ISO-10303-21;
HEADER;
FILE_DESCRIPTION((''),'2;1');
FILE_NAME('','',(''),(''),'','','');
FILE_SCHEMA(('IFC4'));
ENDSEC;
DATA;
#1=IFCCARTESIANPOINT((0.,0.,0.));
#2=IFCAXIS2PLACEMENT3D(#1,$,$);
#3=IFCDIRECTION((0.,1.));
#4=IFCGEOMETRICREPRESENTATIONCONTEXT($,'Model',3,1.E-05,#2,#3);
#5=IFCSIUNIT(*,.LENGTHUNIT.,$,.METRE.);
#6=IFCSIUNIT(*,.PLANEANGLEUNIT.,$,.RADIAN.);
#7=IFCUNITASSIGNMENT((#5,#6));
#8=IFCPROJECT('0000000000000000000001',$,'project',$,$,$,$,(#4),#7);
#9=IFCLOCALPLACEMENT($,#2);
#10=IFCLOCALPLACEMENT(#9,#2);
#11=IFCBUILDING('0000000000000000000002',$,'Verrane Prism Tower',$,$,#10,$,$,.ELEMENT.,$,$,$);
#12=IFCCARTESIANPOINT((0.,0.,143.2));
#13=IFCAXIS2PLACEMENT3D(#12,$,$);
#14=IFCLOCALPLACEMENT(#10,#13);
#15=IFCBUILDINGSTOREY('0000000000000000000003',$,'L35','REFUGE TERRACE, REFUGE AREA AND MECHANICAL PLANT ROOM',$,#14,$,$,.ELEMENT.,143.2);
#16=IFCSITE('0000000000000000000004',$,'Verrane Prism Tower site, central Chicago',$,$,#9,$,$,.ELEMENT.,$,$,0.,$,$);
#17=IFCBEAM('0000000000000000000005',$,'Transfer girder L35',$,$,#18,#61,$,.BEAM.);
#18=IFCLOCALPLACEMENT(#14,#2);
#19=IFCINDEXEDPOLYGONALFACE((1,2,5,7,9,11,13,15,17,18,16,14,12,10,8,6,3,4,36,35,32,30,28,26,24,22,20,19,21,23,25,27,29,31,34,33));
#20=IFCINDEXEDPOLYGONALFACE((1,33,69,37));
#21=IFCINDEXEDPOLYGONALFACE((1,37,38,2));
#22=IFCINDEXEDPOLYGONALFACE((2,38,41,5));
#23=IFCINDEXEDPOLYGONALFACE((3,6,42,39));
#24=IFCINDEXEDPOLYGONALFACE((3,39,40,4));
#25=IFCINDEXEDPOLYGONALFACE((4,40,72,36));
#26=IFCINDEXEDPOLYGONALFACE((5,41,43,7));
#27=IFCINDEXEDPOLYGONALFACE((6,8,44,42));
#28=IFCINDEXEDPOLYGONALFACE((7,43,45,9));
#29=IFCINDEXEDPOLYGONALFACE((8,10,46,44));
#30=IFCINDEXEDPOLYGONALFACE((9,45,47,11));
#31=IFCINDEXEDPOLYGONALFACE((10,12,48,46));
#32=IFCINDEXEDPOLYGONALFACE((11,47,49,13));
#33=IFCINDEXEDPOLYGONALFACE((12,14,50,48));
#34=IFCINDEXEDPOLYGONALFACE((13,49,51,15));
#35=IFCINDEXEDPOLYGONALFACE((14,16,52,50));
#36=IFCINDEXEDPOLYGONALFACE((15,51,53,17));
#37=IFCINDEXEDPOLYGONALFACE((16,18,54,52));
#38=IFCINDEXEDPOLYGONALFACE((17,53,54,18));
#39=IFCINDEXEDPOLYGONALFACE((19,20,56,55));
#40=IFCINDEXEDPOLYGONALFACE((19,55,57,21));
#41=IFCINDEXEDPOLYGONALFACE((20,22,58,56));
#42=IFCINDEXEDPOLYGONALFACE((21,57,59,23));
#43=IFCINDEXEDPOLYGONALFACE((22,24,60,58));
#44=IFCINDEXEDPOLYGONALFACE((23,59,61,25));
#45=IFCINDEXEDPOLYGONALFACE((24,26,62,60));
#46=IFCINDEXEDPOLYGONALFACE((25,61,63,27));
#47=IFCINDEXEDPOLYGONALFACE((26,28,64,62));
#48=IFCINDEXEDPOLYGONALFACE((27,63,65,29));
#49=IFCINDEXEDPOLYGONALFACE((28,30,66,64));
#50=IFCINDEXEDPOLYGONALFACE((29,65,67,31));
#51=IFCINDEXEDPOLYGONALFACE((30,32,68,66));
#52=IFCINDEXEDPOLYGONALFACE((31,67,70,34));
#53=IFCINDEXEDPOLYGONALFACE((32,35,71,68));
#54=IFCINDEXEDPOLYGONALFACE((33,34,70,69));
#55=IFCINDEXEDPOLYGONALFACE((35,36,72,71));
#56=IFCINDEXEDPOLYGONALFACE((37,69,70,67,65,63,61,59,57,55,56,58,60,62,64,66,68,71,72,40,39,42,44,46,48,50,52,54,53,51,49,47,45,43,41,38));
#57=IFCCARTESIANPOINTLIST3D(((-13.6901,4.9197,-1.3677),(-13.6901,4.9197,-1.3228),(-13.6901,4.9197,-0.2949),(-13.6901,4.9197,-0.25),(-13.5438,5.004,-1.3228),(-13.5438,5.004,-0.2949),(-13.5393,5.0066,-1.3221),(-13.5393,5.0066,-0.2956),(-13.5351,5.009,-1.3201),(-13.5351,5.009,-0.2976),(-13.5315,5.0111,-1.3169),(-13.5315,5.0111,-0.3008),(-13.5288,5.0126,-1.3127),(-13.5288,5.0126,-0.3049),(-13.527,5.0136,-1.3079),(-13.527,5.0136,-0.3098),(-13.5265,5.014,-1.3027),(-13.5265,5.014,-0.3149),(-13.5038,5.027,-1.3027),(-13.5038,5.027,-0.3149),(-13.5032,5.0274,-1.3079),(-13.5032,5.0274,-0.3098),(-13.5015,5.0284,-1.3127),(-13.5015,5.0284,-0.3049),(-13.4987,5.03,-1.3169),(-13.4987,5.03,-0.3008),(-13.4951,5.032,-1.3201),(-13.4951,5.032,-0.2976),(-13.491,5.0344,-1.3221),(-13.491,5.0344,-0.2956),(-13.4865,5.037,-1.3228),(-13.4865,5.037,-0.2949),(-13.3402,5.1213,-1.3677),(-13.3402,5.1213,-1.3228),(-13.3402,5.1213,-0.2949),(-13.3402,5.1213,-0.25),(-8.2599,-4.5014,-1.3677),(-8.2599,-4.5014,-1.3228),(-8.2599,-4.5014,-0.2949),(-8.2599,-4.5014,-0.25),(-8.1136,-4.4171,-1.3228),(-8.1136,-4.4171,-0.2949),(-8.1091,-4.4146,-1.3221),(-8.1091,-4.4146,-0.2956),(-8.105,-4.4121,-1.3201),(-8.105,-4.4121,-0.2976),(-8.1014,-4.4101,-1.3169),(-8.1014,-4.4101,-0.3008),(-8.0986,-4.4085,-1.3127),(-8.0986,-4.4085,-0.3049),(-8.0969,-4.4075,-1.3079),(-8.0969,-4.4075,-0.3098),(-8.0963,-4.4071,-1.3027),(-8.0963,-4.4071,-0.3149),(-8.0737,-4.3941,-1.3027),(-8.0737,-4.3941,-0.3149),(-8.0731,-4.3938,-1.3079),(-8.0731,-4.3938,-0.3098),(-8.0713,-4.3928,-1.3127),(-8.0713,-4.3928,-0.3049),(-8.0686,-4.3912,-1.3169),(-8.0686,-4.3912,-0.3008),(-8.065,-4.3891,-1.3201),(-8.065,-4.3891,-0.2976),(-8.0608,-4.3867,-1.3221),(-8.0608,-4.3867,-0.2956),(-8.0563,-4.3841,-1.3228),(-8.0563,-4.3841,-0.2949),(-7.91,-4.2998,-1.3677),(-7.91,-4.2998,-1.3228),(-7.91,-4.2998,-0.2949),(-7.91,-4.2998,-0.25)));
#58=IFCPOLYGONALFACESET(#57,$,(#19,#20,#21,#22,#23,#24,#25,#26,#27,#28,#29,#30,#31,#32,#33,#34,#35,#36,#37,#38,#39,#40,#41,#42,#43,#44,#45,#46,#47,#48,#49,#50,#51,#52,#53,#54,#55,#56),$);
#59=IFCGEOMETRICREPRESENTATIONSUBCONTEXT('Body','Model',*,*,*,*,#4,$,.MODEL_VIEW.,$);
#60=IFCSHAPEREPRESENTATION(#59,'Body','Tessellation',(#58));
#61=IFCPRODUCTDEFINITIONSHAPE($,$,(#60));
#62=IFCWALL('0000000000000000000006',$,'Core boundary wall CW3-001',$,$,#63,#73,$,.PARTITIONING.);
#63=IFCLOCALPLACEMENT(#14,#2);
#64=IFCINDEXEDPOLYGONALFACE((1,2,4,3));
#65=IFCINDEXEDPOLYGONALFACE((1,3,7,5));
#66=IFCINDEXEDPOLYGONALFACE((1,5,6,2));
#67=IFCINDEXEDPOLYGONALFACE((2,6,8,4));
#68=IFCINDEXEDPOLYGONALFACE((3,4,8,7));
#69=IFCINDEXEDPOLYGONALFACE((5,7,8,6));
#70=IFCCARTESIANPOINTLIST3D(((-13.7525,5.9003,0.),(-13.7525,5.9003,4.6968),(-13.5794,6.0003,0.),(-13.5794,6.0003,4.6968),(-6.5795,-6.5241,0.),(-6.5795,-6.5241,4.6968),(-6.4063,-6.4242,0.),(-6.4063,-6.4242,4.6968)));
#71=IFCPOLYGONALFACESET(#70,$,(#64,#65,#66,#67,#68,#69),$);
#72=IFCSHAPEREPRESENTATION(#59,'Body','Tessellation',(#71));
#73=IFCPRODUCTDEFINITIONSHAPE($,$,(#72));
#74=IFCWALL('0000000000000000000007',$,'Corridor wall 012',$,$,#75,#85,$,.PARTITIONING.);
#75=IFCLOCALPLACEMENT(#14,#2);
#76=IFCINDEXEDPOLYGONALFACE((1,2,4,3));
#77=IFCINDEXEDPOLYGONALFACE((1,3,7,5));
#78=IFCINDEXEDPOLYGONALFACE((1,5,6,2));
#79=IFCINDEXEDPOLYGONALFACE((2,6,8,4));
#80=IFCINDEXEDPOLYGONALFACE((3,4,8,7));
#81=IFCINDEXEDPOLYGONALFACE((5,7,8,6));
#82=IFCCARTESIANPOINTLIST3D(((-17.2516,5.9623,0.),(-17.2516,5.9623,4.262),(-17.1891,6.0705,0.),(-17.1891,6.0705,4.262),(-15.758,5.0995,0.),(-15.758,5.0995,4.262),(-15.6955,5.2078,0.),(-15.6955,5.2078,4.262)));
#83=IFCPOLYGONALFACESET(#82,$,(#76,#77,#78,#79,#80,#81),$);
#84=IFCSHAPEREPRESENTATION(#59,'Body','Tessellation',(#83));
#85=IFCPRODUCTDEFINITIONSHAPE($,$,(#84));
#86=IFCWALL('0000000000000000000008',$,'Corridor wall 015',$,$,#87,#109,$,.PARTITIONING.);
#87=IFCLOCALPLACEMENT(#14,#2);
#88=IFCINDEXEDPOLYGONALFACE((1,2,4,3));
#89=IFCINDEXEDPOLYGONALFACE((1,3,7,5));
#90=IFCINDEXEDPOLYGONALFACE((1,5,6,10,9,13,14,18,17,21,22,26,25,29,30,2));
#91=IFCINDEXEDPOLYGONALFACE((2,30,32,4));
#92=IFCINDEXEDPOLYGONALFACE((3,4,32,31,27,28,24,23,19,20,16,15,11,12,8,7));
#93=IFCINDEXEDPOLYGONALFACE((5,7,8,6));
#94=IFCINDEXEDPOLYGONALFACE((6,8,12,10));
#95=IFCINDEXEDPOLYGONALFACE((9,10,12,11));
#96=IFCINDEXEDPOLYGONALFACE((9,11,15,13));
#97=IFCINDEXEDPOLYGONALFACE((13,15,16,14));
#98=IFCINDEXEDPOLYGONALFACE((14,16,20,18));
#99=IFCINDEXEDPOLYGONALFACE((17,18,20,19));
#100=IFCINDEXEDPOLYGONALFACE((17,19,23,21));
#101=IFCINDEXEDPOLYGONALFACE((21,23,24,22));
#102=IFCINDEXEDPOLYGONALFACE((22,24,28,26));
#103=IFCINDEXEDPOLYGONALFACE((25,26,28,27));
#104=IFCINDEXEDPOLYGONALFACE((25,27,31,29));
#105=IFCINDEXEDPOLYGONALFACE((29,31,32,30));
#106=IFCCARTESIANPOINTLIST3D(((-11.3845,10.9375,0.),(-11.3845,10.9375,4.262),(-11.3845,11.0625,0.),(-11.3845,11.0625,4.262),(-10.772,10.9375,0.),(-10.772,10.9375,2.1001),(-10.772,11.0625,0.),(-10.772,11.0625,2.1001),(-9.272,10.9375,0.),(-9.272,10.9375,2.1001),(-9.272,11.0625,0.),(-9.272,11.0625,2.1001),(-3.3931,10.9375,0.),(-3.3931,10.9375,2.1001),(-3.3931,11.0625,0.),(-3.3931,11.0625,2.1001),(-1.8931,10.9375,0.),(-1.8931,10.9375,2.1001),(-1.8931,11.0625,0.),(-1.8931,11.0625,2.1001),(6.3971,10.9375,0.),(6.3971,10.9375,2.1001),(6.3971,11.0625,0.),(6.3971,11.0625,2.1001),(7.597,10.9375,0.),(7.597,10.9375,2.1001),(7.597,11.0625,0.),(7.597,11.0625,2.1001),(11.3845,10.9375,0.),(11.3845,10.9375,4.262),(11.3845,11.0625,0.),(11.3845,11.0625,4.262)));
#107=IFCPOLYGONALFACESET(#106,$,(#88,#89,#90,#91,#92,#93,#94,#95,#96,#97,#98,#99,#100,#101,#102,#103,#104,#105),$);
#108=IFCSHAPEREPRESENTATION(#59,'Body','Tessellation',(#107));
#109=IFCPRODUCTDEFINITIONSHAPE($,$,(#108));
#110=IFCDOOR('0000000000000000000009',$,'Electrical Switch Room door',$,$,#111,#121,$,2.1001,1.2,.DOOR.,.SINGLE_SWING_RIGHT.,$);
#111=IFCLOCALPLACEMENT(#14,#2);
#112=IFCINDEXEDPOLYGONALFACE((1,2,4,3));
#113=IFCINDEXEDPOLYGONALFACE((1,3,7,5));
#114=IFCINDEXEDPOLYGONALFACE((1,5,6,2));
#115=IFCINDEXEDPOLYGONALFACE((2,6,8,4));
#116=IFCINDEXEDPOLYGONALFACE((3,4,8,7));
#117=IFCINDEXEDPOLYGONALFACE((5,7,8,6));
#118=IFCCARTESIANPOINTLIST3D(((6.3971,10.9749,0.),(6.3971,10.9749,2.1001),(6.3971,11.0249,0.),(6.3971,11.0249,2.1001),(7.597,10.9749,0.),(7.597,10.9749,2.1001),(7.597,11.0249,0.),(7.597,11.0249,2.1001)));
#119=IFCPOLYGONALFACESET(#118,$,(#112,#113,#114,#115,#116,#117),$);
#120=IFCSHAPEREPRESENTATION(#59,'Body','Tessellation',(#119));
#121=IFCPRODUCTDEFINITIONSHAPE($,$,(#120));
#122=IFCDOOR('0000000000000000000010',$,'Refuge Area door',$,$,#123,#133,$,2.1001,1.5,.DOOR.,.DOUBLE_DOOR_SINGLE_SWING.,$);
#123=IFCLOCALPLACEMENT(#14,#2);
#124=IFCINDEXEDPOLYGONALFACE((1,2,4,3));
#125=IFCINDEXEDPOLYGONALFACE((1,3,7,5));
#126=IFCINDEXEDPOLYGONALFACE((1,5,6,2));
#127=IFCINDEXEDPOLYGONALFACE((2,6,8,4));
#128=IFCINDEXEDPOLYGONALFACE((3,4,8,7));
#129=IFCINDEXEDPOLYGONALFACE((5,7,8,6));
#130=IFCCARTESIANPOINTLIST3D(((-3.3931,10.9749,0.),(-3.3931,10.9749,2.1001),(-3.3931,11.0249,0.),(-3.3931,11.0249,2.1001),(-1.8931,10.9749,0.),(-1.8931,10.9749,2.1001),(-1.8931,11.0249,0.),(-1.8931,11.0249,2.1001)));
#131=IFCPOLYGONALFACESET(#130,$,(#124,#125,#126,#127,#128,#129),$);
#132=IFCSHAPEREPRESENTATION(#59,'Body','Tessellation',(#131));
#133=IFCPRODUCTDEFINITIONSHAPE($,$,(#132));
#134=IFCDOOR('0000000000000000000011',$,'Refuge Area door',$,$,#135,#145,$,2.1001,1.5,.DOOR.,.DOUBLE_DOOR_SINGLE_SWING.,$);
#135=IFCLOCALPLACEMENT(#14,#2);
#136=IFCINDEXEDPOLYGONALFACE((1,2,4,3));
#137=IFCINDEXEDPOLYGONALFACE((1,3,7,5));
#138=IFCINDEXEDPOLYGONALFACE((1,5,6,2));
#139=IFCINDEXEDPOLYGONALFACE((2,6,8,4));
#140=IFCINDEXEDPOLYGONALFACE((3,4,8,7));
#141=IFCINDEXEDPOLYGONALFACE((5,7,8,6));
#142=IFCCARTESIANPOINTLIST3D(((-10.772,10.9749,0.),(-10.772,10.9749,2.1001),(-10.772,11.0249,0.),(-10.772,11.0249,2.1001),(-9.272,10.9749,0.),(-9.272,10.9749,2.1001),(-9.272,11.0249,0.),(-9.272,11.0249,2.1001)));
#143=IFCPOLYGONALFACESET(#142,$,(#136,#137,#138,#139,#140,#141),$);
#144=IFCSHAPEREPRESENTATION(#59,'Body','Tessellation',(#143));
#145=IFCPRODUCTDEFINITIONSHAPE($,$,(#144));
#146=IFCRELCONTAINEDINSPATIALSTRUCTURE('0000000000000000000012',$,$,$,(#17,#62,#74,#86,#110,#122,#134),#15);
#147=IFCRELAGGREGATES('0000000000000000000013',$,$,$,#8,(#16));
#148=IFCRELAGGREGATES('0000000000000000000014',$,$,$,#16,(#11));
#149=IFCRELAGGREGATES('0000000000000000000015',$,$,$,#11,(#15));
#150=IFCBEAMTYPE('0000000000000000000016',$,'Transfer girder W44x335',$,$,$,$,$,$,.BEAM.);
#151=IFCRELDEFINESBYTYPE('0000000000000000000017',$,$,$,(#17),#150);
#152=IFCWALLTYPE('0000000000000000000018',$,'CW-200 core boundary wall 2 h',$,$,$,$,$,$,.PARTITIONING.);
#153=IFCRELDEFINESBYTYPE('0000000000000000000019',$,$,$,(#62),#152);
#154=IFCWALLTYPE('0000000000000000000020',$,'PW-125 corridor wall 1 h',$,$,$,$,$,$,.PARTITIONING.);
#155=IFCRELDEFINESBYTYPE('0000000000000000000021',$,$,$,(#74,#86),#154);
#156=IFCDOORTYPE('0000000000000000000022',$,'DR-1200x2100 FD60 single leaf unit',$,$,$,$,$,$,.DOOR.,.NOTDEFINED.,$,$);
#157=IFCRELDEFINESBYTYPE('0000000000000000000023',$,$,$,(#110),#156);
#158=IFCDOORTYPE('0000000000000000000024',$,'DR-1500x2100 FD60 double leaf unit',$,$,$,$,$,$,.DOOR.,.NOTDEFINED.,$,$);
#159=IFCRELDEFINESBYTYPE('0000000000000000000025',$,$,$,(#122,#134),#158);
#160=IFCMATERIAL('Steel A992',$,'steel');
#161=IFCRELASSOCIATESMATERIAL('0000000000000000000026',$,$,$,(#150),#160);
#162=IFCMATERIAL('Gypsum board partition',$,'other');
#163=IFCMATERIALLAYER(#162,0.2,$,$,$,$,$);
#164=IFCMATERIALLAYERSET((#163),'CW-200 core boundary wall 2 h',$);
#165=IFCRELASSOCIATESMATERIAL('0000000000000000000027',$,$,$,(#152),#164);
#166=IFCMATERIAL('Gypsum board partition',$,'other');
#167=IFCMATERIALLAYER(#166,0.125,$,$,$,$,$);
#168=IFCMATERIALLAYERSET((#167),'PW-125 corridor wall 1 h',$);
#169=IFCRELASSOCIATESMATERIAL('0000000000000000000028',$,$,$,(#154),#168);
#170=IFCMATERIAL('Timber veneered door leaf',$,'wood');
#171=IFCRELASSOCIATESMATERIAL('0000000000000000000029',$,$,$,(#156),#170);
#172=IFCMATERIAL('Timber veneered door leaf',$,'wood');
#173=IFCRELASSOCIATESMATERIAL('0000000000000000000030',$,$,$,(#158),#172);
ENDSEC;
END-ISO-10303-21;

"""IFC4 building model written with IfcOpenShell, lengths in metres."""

from ifc_helpers import new_model, si_unit, direction, frame, frame_2d, origin, origin_2d, place, context, subcontext, project, spatial, rectangle, i_section, extrude, material, layer, layer_set, material_profile, profile_set, type_object, element, fill, save


model = new_model("IFC4")

# Units and contexts
model_context = context("Model", 3, precision=1e-05, world=origin(), true_north=direction((0.0, 1.0)))
body_context = subcontext(model_context, "Body", "Model", "MODEL_VIEW")
ifc_project = project(units=[si_unit("LENGTHUNIT", "METRE"), si_unit("PLANEANGLEUNIT", "RADIAN")], contexts=[model_context])

# Site, building, storey
site_placement = place(None, origin())
site = spatial("IfcSite", under=ifc_project, at=site_placement, Name="Verrane Prism Tower site, central Chicago", CompositionType="ELEMENT", RefElevation=0.0)
building_placement = place(site_placement, origin())
building = spatial("IfcBuilding", under=site, at=building_placement, Name="Verrane Prism Tower", CompositionType="ELEMENT")
storey_placement = place(building_placement, frame((0.0, 0.0, 143.2)))
storey = spatial("IfcBuildingStorey", under=building, at=storey_placement, Name="L35", Description="REFUGE TERRACE, REFUGE AREA AND MECHANICAL PLANT ROOM", CompositionType="ELEMENT", Elevation=143.2)

# Beam
ifc_material_1 = material(Name="Steel A992", Category="steel")
ifc_material_profile_1 = material_profile(ifc_material_1, i_section(OverallWidth=0.4038, OverallDepth=1.1177, WebThickness=0.0261, FlangeThickness=0.0449, FilletRadius=0.02, at=origin_2d()), Name="W44x335")
ifc_profile_set_1 = profile_set([ifc_material_profile_1], Name="Steel A992")
beam_type_1 = type_object("IfcBeamType", Name="Transfer girder W44x335", PredefinedType="BEAM", material=ifc_profile_set_1)
beam_1_placement = place(storey_placement, frame((-13.5151, 5.0205, -0.8088), z_axis=(0.499371, -0.866388, 0.0), x_axis=(0.866388, 0.499371, 0.0)))
element("IfcBeam", 1, at=beam_1_placement, inside=storey, type_object=beam_type_1, Name="Transfer girder L35", PredefinedType="BEAM", context=body_context, shape_type="SweptSolid", body=[
    extrude(i_section(OverallWidth=0.4038, OverallDepth=1.1177, WebThickness=0.0261, FlangeThickness=0.0449, FilletRadius=0.02, at=origin_2d()), origin(), (0.0, 0.0, 1.0), 10.874),
])

# Walls
ifc_material_2 = material(Name="Gypsum board partition", Category="other")
ifc_layer_1 = layer(ifc_material_2, 0.2)
ifc_layer_set_1 = layer_set([ifc_layer_1], Name="CW-200 core boundary wall 2 h")
wall_type_1 = type_object("IfcWallType", Name="CW-200 core boundary wall 2 h", PredefinedType="PARTITIONING", material=ifc_layer_set_1)
wall_1_placement = place(storey_placement, frame((-13.666, 5.9504, 0.0), z_axis=(0.0, 0.0, 1.0), x_axis=(0.499988, -0.866032, 0.0)))
element("IfcWall", 2, at=wall_1_placement, inside=storey, type_object=wall_type_1, Name="Core boundary wall CW3-001", PredefinedType="PARTITIONING", context=body_context, shape_type="SweptSolid", body=[
    extrude(rectangle(XDim=14.3464, YDim=0.2, at=frame_2d((7.1733, 0.0))), origin(), (0.0, 0.0, 1.0), 4.6968),
])
ifc_material_3 = material(Name="Gypsum board partition", Category="other")
ifc_layer_2 = layer(ifc_material_3, 0.125)
ifc_layer_set_2 = layer_set([ifc_layer_2], Name="PW-125 corridor wall 1 h")
wall_type_2 = type_object("IfcWallType", Name="PW-125 corridor wall 1 h", PredefinedType="PARTITIONING", material=ifc_layer_set_2)
wall_2_placement = place(storey_placement, frame((-17.2202, 6.0164, 0.0), z_axis=(0.0, 0.0, 1.0), x_axis=(0.865917, -0.500188, 0.0)))
element("IfcWall", 3, at=wall_2_placement, inside=storey, type_object=wall_type_2, Name="Corridor wall 012", PredefinedType="PARTITIONING", context=body_context, shape_type="SweptSolid", body=[
    extrude(rectangle(XDim=1.7249, YDim=0.125, at=frame_2d((0.8623, 0.0))), origin(), (0.0, 0.0, 1.0), 4.262),
])

# Wall, openings, doors
wall_3_placement = place(storey_placement, frame((-11.3845, 11.0, 0.0), z_axis=(0.0, 0.0, 1.0), x_axis=(1.0, 0.0, 0.0)))
wall_3 = element("IfcWall", 4, at=wall_3_placement, inside=storey, type_object=wall_type_2, Name="Corridor wall 015", PredefinedType="PARTITIONING", context=body_context, shape_type="SweptSolid", body=[
    extrude(rectangle(XDim=22.769, YDim=0.125, at=frame_2d((11.3845, 0.0))), origin(), (0.0, 0.0, 1.0), 4.262),
])
opening_1_placement = place(wall_3_placement, frame((17.7815, 0.0, 0.0)))
opening_1 = element("IfcOpeningElement", 5, at=opening_1_placement, cuts=wall_3, PredefinedType="OPENING", context=body_context, shape_type="SweptSolid", body=[
    extrude(rectangle(XDim=1.2, YDim=2.1001, at=frame_2d((0.6001, 1.05))), frame((0.0, 0.0725, 0.0), z_axis=(0.0, -1.0, 0.0), x_axis=(1.0, 0.0, 0.0)), (0.0, 0.0, 1.0), 0.145),
])
opening_2_placement = place(wall_3_placement, frame((7.9915, 0.0, 0.0)))
opening_2 = element("IfcOpeningElement", 6, at=opening_2_placement, cuts=wall_3, PredefinedType="OPENING", context=body_context, shape_type="SweptSolid", body=[
    extrude(rectangle(XDim=1.5, YDim=2.1001, at=frame_2d((0.75, 1.05))), frame((0.0, 0.0725, 0.0), z_axis=(0.0, -1.0, 0.0), x_axis=(1.0, 0.0, 0.0)), (0.0, 0.0, 1.0), 0.145),
])
opening_3_placement = place(wall_3_placement, frame((0.6125, 0.0, 0.0)))
opening_3 = element("IfcOpeningElement", 7, at=opening_3_placement, cuts=wall_3, PredefinedType="OPENING", context=body_context, shape_type="SweptSolid", body=[
    extrude(rectangle(XDim=1.5, YDim=2.1001, at=frame_2d((0.75, 1.05))), frame((0.0, 0.0725, 0.0), z_axis=(0.0, -1.0, 0.0), x_axis=(1.0, 0.0, 0.0)), (0.0, 0.0, 1.0), 0.145),
])
ifc_material_4 = material(Name="Timber veneered door leaf", Category="wood")
door_type_1 = type_object("IfcDoorType", Name="DR-1200x2100 FD60 single leaf unit", OperationType="NOTDEFINED", PredefinedType="DOOR", material=ifc_material_4)
door_1_placement = place(opening_1_placement, origin())
door_1 = element("IfcDoor", 8, at=door_1_placement, inside=storey, type_object=door_type_1, Name="Electrical Switch Room door", OperationType="SINGLE_SWING_RIGHT", OverallHeight=2.1001, OverallWidth=1.2, PredefinedType="DOOR", context=body_context, shape_type="SweptSolid", body=[
    extrude(rectangle(XDim=1.2, YDim=2.1001, at=frame_2d((0.6001, 1.05))), frame((0.0, 0.0249, 0.0), z_axis=(0.0, -1.0, 0.0), x_axis=(1.0, 0.0, 0.0)), (0.0, 0.0, 1.0), 0.05),
])
fill(opening_1, door_1)
ifc_material_5 = material(Name="Timber veneered door leaf", Category="wood")
door_type_2 = type_object("IfcDoorType", Name="DR-1500x2100 FD60 double leaf unit", OperationType="NOTDEFINED", PredefinedType="DOOR", material=ifc_material_5)
door_2_placement = place(opening_2_placement, origin())
door_2 = element("IfcDoor", 9, at=door_2_placement, inside=storey, type_object=door_type_2, Name="Refuge Area door", OperationType="DOUBLE_DOOR_SINGLE_SWING", OverallHeight=2.1001, OverallWidth=1.5, PredefinedType="DOOR", context=body_context, shape_type="SweptSolid", body=[
    extrude(rectangle(XDim=1.5, YDim=2.1001, at=frame_2d((0.75, 1.05))), frame((0.0, 0.0249, 0.0), z_axis=(0.0, -1.0, 0.0), x_axis=(1.0, 0.0, 0.0)), (0.0, 0.0, 1.0), 0.05),
])
fill(opening_2, door_2)
door_3_placement = place(opening_3_placement, origin())
door_3 = element("IfcDoor", 10, at=door_3_placement, inside=storey, type_object=door_type_2, Name="Refuge Area door", OperationType="DOUBLE_DOOR_SINGLE_SWING", OverallHeight=2.1001, OverallWidth=1.5, PredefinedType="DOOR", context=body_context, shape_type="SweptSolid", body=[
    extrude(rectangle(XDim=1.5, YDim=2.1001, at=frame_2d((0.75, 1.05))), frame((0.0, 0.0249, 0.0), z_axis=(0.0, -1.0, 0.0), x_axis=(1.0, 0.0, 0.0)), (0.0, 0.0, 1.0), 0.05),
])
fill(opening_3, door_3)

save(model, "model.ifc")
